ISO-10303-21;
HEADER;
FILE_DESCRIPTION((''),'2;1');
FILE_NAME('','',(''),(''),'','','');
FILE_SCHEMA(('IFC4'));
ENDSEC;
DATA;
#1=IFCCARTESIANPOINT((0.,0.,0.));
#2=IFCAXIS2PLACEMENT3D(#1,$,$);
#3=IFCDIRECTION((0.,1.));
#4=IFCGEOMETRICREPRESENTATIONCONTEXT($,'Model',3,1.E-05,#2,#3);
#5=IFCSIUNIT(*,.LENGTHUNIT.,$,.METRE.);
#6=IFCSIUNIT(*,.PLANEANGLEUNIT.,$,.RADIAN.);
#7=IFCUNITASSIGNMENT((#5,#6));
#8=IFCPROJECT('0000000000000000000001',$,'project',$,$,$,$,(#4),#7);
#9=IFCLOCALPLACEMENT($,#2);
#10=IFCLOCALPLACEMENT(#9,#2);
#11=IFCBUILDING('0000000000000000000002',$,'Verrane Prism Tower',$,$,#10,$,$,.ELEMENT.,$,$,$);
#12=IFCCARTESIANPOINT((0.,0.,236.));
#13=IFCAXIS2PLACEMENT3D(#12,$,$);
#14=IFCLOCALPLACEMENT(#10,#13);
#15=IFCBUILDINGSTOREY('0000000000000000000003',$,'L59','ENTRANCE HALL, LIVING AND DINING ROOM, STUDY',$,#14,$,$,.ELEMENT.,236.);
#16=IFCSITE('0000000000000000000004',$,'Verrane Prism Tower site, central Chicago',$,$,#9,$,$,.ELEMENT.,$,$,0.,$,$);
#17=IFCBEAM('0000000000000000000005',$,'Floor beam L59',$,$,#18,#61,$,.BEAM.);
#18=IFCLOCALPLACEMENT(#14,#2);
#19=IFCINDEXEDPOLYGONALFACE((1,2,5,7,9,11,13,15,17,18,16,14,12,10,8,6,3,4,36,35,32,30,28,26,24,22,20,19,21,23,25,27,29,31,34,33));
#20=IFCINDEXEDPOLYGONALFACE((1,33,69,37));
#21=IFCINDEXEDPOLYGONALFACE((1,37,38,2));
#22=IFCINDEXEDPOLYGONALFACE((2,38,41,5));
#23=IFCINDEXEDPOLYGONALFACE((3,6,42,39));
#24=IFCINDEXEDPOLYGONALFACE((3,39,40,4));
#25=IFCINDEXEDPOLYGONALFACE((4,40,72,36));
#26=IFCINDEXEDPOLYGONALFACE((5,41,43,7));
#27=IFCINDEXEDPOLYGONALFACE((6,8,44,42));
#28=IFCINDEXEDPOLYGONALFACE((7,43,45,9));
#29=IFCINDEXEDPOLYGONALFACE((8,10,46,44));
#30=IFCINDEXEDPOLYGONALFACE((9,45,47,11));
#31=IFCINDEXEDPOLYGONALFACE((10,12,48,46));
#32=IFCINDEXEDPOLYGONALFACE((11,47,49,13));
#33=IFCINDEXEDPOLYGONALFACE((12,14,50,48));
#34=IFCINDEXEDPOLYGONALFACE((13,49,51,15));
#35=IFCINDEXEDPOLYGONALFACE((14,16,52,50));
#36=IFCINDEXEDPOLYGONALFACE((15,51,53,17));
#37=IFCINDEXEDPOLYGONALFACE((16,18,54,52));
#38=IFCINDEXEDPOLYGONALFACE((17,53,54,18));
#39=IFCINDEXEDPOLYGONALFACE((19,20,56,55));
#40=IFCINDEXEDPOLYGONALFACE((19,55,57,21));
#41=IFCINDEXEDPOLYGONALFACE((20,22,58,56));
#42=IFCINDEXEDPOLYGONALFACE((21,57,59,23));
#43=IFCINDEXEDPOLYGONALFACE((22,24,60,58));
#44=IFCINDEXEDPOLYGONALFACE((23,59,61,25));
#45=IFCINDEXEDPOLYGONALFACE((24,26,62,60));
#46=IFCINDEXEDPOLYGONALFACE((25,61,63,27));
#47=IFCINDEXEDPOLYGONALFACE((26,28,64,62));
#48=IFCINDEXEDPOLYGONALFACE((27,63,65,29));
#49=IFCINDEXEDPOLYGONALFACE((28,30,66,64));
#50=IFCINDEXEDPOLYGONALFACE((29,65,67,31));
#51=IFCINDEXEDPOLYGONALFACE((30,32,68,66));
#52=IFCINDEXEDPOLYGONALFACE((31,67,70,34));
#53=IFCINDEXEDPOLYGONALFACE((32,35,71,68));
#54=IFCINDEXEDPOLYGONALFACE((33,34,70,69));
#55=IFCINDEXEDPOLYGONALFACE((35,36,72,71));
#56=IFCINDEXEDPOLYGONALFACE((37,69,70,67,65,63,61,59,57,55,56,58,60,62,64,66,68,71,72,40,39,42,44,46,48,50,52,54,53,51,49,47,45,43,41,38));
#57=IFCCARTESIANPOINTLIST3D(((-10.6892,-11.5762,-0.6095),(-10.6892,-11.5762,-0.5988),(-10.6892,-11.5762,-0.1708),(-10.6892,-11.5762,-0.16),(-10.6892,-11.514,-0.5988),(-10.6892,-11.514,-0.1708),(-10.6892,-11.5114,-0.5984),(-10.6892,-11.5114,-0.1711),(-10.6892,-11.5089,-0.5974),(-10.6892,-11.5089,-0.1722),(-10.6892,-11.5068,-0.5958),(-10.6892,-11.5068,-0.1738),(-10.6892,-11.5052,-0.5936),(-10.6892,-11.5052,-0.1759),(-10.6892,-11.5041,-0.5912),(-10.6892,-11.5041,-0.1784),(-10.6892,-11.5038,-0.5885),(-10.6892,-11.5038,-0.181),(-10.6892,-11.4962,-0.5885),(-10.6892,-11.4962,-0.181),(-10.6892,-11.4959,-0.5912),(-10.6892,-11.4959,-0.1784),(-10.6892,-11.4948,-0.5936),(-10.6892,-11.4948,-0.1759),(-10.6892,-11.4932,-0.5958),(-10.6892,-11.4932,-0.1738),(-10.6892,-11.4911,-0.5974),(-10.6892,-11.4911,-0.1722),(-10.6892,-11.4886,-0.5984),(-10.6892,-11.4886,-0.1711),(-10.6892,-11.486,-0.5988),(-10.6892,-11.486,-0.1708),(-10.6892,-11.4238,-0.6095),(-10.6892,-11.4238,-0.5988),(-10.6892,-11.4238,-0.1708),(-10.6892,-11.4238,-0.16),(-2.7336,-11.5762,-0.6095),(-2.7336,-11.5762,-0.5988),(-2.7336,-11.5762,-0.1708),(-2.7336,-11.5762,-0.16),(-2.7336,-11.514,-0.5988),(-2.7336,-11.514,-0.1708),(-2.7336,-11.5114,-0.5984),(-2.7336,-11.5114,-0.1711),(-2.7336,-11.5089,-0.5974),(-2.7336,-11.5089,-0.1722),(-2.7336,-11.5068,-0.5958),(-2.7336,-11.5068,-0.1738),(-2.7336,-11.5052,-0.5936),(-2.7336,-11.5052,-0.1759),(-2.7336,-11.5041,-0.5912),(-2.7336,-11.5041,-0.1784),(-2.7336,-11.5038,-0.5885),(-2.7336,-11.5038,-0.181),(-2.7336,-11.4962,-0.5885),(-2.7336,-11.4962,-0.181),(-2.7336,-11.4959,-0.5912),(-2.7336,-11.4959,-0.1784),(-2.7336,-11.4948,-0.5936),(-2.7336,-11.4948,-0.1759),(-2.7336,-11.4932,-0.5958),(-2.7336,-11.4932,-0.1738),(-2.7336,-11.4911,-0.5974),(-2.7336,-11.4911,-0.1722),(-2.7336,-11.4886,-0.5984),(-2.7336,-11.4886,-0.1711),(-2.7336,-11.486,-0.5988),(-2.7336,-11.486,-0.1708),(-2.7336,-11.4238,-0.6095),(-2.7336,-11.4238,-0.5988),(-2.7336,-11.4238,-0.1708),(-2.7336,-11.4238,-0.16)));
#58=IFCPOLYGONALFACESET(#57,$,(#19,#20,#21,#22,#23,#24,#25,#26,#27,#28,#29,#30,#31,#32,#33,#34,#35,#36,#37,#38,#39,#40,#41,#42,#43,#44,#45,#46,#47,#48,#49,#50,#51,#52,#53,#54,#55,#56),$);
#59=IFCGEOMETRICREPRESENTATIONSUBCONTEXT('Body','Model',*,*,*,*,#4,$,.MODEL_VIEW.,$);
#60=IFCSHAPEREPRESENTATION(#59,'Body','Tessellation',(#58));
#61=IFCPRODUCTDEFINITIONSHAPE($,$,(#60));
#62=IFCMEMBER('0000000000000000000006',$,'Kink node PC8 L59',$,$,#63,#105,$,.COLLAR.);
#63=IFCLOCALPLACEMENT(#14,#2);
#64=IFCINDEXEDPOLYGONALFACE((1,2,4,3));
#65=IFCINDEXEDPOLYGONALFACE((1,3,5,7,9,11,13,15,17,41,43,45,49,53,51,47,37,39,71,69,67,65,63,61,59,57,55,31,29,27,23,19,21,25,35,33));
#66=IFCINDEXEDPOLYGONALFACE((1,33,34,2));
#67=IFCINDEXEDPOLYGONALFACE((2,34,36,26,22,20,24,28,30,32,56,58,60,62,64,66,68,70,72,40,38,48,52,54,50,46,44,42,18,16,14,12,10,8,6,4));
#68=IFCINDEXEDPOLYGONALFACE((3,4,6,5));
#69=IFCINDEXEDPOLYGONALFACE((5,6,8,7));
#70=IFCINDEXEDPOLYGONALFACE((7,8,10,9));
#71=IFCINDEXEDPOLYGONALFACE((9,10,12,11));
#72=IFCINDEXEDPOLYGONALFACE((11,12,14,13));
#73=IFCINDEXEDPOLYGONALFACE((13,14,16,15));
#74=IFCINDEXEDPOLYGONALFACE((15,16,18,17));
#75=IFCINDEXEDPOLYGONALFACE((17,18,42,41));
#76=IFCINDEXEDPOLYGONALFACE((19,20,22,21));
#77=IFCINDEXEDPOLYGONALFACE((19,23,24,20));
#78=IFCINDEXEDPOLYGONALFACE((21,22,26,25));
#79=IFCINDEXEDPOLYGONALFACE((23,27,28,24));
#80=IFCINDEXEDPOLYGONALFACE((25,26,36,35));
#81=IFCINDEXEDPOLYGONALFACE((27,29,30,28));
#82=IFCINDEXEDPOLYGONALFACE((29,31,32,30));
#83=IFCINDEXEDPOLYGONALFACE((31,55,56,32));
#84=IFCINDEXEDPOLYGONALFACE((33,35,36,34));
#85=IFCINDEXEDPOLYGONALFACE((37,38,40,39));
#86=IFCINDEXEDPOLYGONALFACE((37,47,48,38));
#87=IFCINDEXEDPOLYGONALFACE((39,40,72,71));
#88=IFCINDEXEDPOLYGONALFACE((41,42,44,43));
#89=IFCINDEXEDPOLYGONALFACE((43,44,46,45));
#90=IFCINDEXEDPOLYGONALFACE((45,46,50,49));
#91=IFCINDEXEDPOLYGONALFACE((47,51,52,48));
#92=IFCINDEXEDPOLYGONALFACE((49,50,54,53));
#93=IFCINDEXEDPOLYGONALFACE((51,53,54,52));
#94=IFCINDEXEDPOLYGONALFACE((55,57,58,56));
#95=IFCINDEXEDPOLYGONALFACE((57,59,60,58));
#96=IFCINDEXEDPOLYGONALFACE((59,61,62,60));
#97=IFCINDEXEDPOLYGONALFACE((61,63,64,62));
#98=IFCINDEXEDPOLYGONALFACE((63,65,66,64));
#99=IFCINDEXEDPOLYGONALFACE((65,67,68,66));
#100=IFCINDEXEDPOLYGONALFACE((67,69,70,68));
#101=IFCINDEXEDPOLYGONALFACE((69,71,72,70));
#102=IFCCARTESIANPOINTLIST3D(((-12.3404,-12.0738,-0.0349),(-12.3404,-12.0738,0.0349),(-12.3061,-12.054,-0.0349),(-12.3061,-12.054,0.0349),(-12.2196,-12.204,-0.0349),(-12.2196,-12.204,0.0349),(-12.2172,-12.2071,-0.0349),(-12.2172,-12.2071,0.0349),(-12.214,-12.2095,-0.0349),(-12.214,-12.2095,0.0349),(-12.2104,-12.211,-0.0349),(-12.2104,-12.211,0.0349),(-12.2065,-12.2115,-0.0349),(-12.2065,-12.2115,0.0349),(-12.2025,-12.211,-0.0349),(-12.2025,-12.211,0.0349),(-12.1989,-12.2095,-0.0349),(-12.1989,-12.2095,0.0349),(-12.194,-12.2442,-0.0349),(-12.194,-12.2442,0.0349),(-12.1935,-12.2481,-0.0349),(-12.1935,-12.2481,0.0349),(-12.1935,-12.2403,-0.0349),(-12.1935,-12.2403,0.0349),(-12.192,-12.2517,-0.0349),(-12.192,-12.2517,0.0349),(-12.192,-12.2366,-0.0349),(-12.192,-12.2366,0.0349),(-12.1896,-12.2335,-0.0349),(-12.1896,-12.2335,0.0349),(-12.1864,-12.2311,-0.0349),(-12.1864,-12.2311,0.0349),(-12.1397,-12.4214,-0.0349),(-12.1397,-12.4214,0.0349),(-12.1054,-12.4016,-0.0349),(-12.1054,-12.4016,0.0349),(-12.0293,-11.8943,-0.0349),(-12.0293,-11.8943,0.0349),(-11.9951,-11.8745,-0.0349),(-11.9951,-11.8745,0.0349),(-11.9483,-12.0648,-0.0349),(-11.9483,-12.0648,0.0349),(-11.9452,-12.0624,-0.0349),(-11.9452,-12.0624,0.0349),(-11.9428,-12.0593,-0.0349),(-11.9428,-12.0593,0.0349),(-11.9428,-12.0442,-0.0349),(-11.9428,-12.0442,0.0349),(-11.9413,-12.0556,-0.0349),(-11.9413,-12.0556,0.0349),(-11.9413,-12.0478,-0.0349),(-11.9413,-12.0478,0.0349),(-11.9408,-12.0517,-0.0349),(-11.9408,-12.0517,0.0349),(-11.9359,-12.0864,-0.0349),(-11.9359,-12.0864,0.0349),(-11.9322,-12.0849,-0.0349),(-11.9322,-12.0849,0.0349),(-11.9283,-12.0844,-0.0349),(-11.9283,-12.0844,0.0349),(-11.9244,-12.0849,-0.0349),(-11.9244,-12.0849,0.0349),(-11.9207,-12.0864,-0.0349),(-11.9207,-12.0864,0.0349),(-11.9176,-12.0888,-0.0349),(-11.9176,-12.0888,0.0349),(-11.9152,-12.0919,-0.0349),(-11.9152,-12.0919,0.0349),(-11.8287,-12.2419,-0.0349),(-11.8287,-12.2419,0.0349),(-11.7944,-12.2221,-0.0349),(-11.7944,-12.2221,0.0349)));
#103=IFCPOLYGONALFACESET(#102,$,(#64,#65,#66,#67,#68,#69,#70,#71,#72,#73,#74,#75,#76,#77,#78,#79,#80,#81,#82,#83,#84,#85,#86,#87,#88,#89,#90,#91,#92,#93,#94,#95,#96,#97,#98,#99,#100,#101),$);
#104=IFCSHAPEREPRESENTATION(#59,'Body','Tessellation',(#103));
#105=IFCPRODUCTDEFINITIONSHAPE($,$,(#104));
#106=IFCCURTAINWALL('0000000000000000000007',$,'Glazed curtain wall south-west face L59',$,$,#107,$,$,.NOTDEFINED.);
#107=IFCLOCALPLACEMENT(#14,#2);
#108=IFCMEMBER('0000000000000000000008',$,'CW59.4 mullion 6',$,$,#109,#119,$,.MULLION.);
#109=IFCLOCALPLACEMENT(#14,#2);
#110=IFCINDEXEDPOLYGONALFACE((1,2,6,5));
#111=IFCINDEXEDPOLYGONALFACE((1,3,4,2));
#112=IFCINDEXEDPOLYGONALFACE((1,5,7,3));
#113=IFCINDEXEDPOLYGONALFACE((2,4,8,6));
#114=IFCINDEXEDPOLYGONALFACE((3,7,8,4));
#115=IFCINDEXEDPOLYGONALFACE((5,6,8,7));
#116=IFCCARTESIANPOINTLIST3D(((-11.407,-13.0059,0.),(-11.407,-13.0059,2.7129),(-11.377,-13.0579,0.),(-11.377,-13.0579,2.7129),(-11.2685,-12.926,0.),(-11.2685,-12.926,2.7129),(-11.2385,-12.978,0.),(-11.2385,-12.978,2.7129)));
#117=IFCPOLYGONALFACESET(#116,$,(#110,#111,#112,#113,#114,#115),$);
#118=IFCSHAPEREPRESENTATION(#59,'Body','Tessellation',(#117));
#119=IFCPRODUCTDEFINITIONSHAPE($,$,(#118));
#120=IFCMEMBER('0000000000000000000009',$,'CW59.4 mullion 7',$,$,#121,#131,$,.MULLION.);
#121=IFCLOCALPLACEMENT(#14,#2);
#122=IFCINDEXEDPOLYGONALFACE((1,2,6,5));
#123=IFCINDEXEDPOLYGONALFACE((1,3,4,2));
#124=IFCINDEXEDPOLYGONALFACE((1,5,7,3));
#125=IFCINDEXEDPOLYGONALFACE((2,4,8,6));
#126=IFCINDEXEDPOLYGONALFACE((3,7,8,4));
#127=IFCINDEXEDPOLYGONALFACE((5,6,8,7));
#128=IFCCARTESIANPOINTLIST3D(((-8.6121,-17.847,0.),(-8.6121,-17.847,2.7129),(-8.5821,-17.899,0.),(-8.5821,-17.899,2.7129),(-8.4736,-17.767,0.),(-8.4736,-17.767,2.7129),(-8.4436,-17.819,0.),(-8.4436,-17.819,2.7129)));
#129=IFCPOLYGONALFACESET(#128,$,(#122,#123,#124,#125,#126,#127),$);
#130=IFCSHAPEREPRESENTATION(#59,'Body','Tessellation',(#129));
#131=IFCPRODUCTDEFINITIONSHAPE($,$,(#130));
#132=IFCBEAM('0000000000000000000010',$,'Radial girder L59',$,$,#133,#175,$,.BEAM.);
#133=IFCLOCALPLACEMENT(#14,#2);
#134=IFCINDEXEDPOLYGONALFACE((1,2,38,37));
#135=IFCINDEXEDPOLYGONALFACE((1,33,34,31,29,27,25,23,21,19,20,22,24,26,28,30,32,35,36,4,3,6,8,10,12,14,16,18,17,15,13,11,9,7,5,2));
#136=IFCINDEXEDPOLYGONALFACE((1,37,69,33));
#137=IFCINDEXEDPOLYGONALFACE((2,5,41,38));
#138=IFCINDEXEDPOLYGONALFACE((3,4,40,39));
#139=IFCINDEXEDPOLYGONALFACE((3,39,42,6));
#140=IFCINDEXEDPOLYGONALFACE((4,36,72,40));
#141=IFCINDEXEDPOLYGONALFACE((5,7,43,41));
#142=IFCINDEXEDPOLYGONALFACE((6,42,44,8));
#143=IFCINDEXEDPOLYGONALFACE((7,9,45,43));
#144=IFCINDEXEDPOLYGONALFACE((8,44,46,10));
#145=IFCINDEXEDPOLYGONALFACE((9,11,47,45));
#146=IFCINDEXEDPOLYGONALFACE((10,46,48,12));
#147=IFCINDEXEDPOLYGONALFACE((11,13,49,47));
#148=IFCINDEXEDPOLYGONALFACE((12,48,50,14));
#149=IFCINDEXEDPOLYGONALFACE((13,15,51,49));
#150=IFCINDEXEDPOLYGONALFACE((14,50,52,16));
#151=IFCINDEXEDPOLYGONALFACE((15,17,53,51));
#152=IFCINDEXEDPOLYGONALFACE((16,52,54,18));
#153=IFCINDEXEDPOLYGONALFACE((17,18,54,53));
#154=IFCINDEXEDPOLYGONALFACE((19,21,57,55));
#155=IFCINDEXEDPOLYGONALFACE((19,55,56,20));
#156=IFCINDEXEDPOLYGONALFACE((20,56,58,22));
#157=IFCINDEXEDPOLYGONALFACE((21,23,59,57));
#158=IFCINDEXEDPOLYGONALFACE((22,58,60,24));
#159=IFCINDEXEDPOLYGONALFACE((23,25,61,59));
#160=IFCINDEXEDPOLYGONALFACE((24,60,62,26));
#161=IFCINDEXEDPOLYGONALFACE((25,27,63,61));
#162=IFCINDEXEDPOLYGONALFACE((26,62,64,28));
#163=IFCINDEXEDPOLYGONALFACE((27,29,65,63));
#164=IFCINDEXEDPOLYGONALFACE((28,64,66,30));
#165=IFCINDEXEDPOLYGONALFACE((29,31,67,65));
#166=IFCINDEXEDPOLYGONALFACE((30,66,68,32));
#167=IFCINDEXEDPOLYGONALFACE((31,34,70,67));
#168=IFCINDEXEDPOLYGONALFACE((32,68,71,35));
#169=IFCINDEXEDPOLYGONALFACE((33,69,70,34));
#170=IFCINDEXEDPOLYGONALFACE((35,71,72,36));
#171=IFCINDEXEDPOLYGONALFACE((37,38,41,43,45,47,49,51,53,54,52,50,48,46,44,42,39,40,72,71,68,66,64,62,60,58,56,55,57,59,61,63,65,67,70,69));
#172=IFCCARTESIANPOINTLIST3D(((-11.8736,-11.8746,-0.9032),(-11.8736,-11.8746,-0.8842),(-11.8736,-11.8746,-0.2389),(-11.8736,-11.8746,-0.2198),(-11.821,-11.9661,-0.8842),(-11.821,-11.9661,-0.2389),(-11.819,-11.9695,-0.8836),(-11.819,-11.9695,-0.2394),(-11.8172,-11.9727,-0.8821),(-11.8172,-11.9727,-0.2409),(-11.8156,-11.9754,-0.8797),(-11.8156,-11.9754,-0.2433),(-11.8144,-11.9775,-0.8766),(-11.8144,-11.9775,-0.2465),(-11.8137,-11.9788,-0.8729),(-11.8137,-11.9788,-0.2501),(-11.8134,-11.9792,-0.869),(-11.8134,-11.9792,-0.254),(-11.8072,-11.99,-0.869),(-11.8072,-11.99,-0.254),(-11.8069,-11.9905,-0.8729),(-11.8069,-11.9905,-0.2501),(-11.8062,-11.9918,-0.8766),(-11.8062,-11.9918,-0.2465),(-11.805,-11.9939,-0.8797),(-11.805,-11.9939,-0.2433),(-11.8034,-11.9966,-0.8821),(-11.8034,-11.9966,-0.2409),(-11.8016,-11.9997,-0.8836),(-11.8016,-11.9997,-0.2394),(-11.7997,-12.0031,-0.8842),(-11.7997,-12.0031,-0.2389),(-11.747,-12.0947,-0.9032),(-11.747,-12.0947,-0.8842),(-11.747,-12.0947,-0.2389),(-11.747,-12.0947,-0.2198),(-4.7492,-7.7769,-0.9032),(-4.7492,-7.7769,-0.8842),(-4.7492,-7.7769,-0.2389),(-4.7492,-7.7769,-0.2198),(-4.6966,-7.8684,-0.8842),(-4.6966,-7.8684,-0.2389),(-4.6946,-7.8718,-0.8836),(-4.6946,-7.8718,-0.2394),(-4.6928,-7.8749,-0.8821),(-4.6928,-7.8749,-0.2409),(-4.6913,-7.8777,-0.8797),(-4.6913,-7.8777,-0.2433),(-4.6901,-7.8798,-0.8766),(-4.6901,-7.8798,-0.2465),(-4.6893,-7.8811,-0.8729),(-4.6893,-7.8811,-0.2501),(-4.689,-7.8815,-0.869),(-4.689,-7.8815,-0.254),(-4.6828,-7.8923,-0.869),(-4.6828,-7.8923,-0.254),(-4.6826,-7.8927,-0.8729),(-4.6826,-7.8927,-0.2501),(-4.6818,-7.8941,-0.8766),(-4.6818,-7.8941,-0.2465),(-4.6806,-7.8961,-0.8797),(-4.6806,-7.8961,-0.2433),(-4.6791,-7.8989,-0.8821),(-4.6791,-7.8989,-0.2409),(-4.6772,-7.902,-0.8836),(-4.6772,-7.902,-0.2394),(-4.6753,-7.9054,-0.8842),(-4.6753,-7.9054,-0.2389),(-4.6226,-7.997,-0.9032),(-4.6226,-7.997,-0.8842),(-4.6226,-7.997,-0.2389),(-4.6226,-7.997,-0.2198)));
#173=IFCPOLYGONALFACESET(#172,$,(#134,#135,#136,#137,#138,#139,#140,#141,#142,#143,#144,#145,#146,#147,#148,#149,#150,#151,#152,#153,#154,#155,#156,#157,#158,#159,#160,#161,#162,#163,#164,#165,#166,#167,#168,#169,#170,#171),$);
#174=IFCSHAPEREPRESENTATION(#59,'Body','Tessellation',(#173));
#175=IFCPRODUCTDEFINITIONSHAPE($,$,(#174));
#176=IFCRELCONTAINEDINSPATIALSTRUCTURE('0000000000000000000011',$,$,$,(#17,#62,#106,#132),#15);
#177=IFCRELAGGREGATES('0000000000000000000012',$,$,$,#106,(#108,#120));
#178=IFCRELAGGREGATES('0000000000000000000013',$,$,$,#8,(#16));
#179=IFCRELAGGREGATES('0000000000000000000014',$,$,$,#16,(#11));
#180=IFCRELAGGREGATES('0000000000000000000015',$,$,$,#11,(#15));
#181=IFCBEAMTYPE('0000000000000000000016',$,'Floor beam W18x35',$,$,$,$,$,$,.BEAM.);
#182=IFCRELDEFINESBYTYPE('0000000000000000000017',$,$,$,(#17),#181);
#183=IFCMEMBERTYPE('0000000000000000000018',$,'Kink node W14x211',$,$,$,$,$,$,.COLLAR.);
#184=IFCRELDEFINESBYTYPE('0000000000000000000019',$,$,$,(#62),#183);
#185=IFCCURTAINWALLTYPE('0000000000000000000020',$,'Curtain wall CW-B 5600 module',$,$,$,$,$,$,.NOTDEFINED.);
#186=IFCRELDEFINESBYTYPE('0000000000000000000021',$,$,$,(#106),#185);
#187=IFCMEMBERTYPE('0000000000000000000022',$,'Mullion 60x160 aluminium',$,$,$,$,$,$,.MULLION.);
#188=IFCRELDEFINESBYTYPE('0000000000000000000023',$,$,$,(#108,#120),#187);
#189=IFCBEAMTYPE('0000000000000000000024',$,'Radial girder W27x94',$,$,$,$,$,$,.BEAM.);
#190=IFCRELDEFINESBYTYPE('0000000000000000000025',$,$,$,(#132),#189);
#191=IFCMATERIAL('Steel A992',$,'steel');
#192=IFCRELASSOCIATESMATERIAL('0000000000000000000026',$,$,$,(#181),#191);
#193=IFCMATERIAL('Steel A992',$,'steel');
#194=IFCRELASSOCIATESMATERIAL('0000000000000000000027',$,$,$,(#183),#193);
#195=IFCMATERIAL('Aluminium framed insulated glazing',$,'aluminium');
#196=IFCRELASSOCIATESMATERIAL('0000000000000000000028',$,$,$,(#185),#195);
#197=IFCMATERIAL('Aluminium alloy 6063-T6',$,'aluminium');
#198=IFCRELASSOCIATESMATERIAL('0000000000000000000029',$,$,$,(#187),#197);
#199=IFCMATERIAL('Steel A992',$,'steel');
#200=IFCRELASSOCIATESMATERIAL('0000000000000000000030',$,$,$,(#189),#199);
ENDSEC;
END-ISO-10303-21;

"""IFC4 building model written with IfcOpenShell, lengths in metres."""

from ifc_helpers import new_model, si_unit, direction, frame, origin, origin_2d, place, context, subcontext, project, spatial, rectangle, i_section, extrude, material, material_profile, profile_set, type_object, element, aggregate, save


model = new_model("IFC4")

# Units and contexts
model_context = context("Model", 3, precision=1e-05, world=origin(), true_north=direction((0.0, 1.0)))
body_context = subcontext(model_context, "Body", "Model", "MODEL_VIEW")
ifc_project = project(units=[si_unit("LENGTHUNIT", "METRE"), si_unit("PLANEANGLEUNIT", "RADIAN")], contexts=[model_context])

# Site, building, storey
site_placement = place(None, origin())
site = spatial("IfcSite", under=ifc_project, at=site_placement, Name="Verrane Prism Tower site, central Chicago", CompositionType="ELEMENT", RefElevation=0.0)
building_placement = place(site_placement, origin())
building = spatial("IfcBuilding", under=site, at=building_placement, Name="Verrane Prism Tower", CompositionType="ELEMENT")
storey_placement = place(building_placement, frame((0.0, 0.0, 236.0)))
storey = spatial("IfcBuildingStorey", under=building, at=storey_placement, Name="L59", Description="ENTRANCE HALL, LIVING AND DINING ROOM, STUDY", CompositionType="ELEMENT", Elevation=236.0)

# Beam
ifc_material_1 = material(Name="Steel A992", Category="steel")
ifc_material_profile_1 = material_profile(ifc_material_1, i_section(OverallWidth=0.1523, OverallDepth=0.4495, WebThickness=0.0076, FlangeThickness=0.0107, FilletRadius=0.0103, at=origin_2d()), Name="W18x35")
ifc_profile_set_1 = profile_set([ifc_material_profile_1], Name="Steel A992")
beam_type_1 = type_object("IfcBeamType", Name="Floor beam W18x35", PredefinedType="BEAM", material=ifc_profile_set_1)
beam_1_placement = place(storey_placement, frame((-10.6892, -11.5, -0.3848), z_axis=(1.0, 0.0, 0.0), x_axis=(0.0, 1.0, 0.0)))
element("IfcBeam", 1, at=beam_1_placement, inside=storey, type_object=beam_type_1, Name="Floor beam L59", PredefinedType="BEAM", context=body_context, shape_type="SweptSolid", body=[
    extrude(i_section(OverallWidth=0.1523, OverallDepth=0.4495, WebThickness=0.0076, FlangeThickness=0.0107, FilletRadius=0.0103, at=origin_2d()), origin(), (0.0, 0.0, 1.0), 7.9556),
])

# Member
ifc_material_2 = material(Name="Steel A992", Category="steel")
ifc_material_profile_2 = material_profile(ifc_material_2, i_section(OverallWidth=0.4014, OverallDepth=0.3987, WebThickness=0.0249, FlangeThickness=0.0396, FilletRadius=0.0151, at=origin_2d()), Name="W14x211")
ifc_profile_set_2 = profile_set([ifc_material_profile_2], Name="Steel A992")
member_type_1 = type_object("IfcMemberType", Name="Kink node W14x211", PredefinedType="COLLAR", material=ifc_profile_set_2)
member_1_placement = place(storey_placement, frame((-12.0674, -12.1479, -0.0349), z_axis=(0.0, 0.0, 1.0), x_axis=(-0.5, 0.866025, 0.0)))
element("IfcMember", 2, at=member_1_placement, inside=storey, type_object=member_type_1, Name="Kink node PC8 L59", PredefinedType="COLLAR", context=body_context, shape_type="SweptSolid", body=[
    extrude(i_section(OverallWidth=0.4014, OverallDepth=0.3987, WebThickness=0.0249, FlangeThickness=0.0396, FilletRadius=0.0151, at=origin_2d()), origin(), (0.0, 0.0, 1.0), 0.0698),
])

# Curtain wall, members
ifc_material_3 = material(Name="Aluminium framed insulated glazing", Category="aluminium")
curtain_wall_type = type_object("IfcCurtainWallType", Name="Curtain wall CW-B 5600 module", PredefinedType="NOTDEFINED", material=ifc_material_3)
curtain_wall_placement = place(storey_placement, origin())
curtain_wall = element("IfcCurtainWall", 3, at=curtain_wall_placement, inside=storey, type_object=curtain_wall_type, Name="Glazed curtain wall south-west face L59", PredefinedType="NOTDEFINED")
ifc_material_4 = material(Name="Aluminium alloy 6063-T6", Category="aluminium")
ifc_material_profile_3 = material_profile(ifc_material_4, rectangle(XDim=0.1599, YDim=0.0601, at=origin_2d()), Name="Mullion 60x160 aluminium")
ifc_profile_set_3 = profile_set([ifc_material_profile_3], Name="Aluminium alloy 6063-T6")
member_type_2 = type_object("IfcMemberType", Name="Mullion 60x160 aluminium", PredefinedType="MULLION", material=ifc_profile_set_3)
member_2_placement = place(storey_placement, frame((-11.3228, -12.9919, 0.0), z_axis=(0.0, 0.0, 1.0), x_axis=(0.866026, 0.499999, 0.0)))
member_2 = element("IfcMember", 4, at=member_2_placement, type_object=member_type_2, Name="CW59.4 mullion 6", PredefinedType="MULLION", context=body_context, shape_type="SweptSolid", body=[
    extrude(rectangle(XDim=0.1599, YDim=0.0601, at=origin_2d()), origin(), (0.0, 0.0, 1.0), 2.7129),
])
member_3_placement = place(storey_placement, frame((-8.5278, -17.833, 0.0), z_axis=(0.0, 0.0, 1.0), x_axis=(0.866026, 0.499999, 0.0)))
member_3 = element("IfcMember", 5, at=member_3_placement, type_object=member_type_2, Name="CW59.4 mullion 7", PredefinedType="MULLION", context=body_context, shape_type="SweptSolid", body=[
    extrude(rectangle(XDim=0.1599, YDim=0.0601, at=origin_2d()), origin(), (0.0, 0.0, 1.0), 2.7129),
])

# Beam
ifc_material_5 = material(Name="Steel A992", Category="steel")
ifc_material_profile_4 = material_profile(ifc_material_5, i_section(OverallWidth=0.2539, OverallDepth=0.6833, WebThickness=0.0125, FlangeThickness=0.019, FilletRadius=0.0151, at=origin_2d()), Name="W27x94")
ifc_profile_set_4 = profile_set([ifc_material_profile_4], Name="Steel A992")
beam_type_2 = type_object("IfcBeamType", Name="Radial girder W27x94", PredefinedType="BEAM", material=ifc_profile_set_4)
beam_2_placement = place(storey_placement, frame((-11.8103, -11.9846, -0.5615), z_axis=(0.866843, 0.498581, 0.0), x_axis=(-0.498581, 0.866843, 0.0)))
element("IfcBeam", 6, at=beam_2_placement, inside=storey, type_object=beam_type_2, Name="Radial girder L59", PredefinedType="BEAM", context=body_context, shape_type="SweptSolid", body=[
    extrude(i_section(OverallWidth=0.2539, OverallDepth=0.6833, WebThickness=0.0125, FlangeThickness=0.019, FilletRadius=0.0151, at=origin_2d()), origin(), (0.0, 0.0, 1.0), 8.2188),
])

aggregate(curtain_wall, [member_2, member_3])

save(model, "model.ifc")
